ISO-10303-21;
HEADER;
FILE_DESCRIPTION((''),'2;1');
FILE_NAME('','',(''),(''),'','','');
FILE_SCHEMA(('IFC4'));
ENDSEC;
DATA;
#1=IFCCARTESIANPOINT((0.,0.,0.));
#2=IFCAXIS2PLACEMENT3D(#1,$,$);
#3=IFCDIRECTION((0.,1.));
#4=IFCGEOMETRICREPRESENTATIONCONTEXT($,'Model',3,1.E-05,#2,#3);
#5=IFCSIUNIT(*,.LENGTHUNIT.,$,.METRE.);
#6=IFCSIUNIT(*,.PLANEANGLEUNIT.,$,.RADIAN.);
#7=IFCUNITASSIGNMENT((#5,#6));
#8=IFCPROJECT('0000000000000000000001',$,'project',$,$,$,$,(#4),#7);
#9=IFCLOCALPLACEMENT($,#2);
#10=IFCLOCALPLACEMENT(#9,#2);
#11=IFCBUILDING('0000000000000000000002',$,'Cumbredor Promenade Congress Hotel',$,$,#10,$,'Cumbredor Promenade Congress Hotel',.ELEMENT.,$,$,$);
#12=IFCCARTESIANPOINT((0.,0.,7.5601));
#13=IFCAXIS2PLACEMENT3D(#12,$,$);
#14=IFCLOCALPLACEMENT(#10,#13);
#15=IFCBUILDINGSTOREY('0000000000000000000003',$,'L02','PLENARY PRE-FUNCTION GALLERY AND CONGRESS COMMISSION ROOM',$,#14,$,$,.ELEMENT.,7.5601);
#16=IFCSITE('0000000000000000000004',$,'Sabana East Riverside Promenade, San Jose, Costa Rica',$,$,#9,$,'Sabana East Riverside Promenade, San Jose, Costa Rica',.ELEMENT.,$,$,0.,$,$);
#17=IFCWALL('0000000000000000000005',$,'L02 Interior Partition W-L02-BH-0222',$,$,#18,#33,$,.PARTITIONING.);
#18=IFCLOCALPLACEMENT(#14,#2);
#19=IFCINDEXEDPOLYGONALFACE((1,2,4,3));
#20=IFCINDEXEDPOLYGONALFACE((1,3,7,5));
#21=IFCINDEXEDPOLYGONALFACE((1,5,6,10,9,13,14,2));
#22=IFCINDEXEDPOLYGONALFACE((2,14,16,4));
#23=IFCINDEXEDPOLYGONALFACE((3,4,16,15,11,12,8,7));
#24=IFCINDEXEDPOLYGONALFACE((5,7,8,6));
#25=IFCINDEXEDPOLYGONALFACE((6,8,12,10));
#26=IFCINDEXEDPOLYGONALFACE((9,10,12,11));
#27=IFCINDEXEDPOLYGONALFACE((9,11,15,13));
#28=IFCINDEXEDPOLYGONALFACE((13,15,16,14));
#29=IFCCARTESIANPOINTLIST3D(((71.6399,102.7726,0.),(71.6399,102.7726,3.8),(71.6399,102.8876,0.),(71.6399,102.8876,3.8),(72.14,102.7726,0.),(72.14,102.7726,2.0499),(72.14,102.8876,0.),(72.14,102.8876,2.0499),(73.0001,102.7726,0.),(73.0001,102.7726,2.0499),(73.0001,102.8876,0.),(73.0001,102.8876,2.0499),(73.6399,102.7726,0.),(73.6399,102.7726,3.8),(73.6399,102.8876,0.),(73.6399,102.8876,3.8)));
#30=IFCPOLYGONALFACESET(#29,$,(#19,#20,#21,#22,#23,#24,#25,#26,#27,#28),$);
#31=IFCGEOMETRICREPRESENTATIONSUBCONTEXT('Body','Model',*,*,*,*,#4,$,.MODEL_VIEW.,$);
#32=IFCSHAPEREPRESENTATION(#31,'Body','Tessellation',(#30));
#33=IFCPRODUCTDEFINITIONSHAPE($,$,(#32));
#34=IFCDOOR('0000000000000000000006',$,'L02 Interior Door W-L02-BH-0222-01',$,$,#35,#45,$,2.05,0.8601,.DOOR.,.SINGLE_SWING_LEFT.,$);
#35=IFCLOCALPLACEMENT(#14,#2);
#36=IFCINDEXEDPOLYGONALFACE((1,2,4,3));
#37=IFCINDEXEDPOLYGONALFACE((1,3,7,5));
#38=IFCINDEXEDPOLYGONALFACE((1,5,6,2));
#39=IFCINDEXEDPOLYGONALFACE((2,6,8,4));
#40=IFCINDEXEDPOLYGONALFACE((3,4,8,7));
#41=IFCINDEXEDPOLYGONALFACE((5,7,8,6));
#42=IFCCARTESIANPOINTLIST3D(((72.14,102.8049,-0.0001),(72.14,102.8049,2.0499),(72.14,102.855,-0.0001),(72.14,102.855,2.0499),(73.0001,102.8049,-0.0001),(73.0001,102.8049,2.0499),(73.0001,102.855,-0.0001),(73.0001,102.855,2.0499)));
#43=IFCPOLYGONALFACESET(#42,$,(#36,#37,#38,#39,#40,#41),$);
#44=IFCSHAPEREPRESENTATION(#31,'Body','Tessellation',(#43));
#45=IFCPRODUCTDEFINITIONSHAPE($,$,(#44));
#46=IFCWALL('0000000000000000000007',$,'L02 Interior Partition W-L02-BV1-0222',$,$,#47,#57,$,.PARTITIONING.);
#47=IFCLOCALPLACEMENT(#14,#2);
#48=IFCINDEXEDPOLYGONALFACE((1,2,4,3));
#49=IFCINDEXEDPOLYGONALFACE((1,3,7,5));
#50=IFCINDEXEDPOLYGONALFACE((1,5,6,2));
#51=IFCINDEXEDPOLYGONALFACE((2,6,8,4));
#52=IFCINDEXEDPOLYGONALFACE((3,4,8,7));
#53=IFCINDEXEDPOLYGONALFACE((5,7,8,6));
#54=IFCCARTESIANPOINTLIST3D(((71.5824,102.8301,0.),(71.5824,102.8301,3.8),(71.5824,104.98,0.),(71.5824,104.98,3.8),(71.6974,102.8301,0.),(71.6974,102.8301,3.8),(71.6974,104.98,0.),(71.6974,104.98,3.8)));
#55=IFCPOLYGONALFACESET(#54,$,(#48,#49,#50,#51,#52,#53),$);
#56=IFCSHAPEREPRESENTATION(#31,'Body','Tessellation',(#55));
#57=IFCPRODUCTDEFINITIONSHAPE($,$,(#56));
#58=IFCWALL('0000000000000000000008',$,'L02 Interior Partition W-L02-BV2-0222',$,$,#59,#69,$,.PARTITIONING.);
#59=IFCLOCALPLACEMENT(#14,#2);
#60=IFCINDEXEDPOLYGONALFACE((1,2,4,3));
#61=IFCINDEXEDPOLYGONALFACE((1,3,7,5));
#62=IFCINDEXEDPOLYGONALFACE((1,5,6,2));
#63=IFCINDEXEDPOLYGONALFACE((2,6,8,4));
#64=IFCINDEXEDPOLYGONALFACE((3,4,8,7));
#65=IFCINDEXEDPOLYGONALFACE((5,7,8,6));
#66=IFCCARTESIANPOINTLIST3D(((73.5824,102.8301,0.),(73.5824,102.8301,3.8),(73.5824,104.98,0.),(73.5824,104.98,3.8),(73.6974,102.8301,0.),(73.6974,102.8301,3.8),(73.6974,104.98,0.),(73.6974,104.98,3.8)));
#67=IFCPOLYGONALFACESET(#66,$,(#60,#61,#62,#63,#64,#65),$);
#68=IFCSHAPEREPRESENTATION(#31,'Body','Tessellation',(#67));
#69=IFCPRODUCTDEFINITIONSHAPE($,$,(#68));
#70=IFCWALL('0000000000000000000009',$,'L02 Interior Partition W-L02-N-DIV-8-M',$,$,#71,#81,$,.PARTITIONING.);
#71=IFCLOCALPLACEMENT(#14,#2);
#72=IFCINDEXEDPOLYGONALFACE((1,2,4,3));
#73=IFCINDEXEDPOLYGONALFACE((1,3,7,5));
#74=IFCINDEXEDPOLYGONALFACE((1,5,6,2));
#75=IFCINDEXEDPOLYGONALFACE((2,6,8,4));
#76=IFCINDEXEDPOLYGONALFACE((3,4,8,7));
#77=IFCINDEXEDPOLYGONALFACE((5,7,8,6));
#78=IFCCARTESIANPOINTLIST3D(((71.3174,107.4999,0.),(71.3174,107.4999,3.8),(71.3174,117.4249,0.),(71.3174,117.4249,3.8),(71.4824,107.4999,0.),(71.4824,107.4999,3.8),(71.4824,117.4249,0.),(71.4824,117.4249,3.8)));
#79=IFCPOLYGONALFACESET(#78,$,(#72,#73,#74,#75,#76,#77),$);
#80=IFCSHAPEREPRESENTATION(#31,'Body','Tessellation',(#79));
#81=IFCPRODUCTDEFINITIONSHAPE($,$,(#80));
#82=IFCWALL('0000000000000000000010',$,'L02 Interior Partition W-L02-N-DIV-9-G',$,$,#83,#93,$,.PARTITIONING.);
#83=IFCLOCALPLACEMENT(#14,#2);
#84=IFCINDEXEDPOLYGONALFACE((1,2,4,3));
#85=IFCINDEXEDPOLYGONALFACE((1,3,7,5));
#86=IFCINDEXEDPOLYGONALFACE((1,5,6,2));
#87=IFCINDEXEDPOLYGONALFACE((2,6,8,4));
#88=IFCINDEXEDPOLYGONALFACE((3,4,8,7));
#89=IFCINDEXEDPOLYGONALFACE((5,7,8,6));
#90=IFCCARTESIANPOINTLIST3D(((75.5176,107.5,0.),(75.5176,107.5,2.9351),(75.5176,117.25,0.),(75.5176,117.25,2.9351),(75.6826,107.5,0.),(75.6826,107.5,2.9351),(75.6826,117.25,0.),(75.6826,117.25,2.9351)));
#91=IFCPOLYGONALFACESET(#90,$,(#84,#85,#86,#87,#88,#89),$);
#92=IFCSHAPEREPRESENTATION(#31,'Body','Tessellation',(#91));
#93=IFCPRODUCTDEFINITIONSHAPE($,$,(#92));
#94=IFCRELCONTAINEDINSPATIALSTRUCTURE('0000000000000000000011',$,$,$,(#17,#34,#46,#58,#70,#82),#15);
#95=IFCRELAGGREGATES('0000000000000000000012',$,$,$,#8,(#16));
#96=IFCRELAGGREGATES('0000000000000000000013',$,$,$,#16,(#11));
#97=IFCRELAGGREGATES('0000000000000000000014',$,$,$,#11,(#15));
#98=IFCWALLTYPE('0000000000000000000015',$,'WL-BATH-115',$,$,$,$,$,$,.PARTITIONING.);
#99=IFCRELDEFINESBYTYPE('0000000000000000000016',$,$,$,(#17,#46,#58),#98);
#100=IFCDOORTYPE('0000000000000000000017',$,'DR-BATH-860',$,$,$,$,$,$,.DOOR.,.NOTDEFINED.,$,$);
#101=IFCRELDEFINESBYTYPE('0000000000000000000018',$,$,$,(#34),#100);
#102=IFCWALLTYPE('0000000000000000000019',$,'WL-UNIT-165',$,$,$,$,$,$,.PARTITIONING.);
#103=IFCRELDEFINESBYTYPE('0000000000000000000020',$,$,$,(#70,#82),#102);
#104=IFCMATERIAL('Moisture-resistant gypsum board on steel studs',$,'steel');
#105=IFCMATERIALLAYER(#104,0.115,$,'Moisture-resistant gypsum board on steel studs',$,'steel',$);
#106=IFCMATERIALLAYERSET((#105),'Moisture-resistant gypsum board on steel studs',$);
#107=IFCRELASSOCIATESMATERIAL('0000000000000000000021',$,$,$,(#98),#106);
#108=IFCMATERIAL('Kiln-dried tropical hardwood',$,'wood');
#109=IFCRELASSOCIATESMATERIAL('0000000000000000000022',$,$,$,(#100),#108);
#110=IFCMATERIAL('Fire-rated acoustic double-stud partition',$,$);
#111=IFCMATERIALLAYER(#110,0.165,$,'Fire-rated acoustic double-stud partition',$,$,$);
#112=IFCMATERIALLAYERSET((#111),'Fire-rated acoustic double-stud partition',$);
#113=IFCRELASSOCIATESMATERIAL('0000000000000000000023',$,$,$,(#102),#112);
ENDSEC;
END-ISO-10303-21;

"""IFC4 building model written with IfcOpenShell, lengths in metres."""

from ifc_helpers import new_model, si_unit, direction, frame, frame_2d, origin, place, context, subcontext, project, spatial, rectangle, extrude, material, layer, layer_set, type_object, element, fill, save


model = new_model("IFC4")

# Units and contexts
model_context = context("Model", 3, precision=1e-05, world=origin(), true_north=direction((0.0, 1.0)))
body_context = subcontext(model_context, "Body", "Model", "MODEL_VIEW")
ifc_project = project(units=[si_unit("LENGTHUNIT", "METRE"), si_unit("PLANEANGLEUNIT", "RADIAN")], contexts=[model_context])

# Site, building, storey
site_placement = place(None, origin())
site = spatial("IfcSite", under=ifc_project, at=site_placement, Name="Sabana East Riverside Promenade, San Jose, Costa Rica", LongName="Sabana East Riverside Promenade, San Jose, Costa Rica", CompositionType="ELEMENT", RefElevation=0.0)
building_placement = place(site_placement, origin())
building = spatial("IfcBuilding", under=site, at=building_placement, Name="Cumbredor Promenade Congress Hotel", LongName="Cumbredor Promenade Congress Hotel", CompositionType="ELEMENT")
storey_placement = place(building_placement, frame((0.0, 0.0, 7.5601)))
storey = spatial("IfcBuildingStorey", under=building, at=storey_placement, Name="L02", Description="PLENARY PRE-FUNCTION GALLERY AND CONGRESS COMMISSION ROOM", CompositionType="ELEMENT", Elevation=7.5601)

# Shared definitions
ifc_material_1 = material(Name="Moisture-resistant gypsum board on steel studs", Category="steel")
ifc_layer_1 = layer(ifc_material_1, 0.115, Name="Moisture-resistant gypsum board on steel studs", Category="steel")
ifc_layer_set_1 = layer_set([ifc_layer_1], Name="Moisture-resistant gypsum board on steel studs")
wall_type_1 = type_object("IfcWallType", Name="WL-BATH-115", PredefinedType="PARTITIONING", material=ifc_layer_set_1)

# Shared definitions
ifc_material_2 = material(Name="Kiln-dried tropical hardwood", Category="wood")
door_type = type_object("IfcDoorType", Name="DR-BATH-860", OperationType="NOTDEFINED", PredefinedType="DOOR", material=ifc_material_2)

# Wall, opening, door
wall_1_placement = place(storey_placement, frame((71.6399, 102.8301, 0.0), z_axis=(0.0, 0.0, 1.0), x_axis=(1.0, 0.0, 0.0)))
wall_1 = element("IfcWall", 1, at=wall_1_placement, inside=storey, type_object=wall_type_1, Name="L02 Interior Partition W-L02-BH-0222", PredefinedType="PARTITIONING", context=body_context, shape_type="SweptSolid", body=[
    extrude(rectangle(XDim=2.0, YDim=0.115, at=frame_2d((1.0, 0.0))), origin(), (0.0, 0.0, 1.0), 3.8),
])
opening_1_placement = place(wall_1_placement, frame((0.5, 0.0, 0.0)))
opening_1 = element("IfcOpeningElement", 2, at=opening_1_placement, cuts=wall_1, PredefinedType="OPENING", context=body_context, shape_type="SweptSolid", body=[
    extrude(rectangle(XDim=0.8601, YDim=2.05, at=frame_2d((0.4302, 1.0249))), frame((0.0, 0.0674, 0.0), z_axis=(0.0, -1.0, 0.0), x_axis=(1.0, 0.0, 0.0)), (0.0, 0.0, 1.0), 0.135),
])
door_1_placement = place(opening_1_placement, origin())
door_1 = element("IfcDoor", 3, at=door_1_placement, inside=storey, type_object=door_type, Name="L02 Interior Door W-L02-BH-0222-01", OperationType="SINGLE_SWING_LEFT", OverallHeight=2.05, OverallWidth=0.8601, PredefinedType="DOOR", context=body_context, shape_type="SweptSolid", body=[
    extrude(rectangle(XDim=0.8601, YDim=2.05, at=frame_2d((0.4302, 1.0249))), frame((0.0, 0.0249, 0.0), z_axis=(0.0, -1.0, 0.0), x_axis=(1.0, 0.0, 0.0)), (0.0, 0.0, 1.0), 0.05),
])
fill(opening_1, door_1)

# Walls
for number, where, z_axis, x_axis, name in (
    (4, (71.6399, 102.8301, 0.0), (0.0, 0.0, 1.0), (0.0, 1.0, 0.0), "L02 Interior Partition W-L02-BV1-0222"),
    (5, (73.6399, 102.8301, 0.0), (0.0, 0.0, 1.0), (0.0, 1.0, 0.0), "L02 Interior Partition W-L02-BV2-0222"),
):
    element("IfcWall", number, at=place(storey_placement, frame(where, z_axis=z_axis, x_axis=x_axis)), inside=storey, type_object=wall_type_1, Name=name, PredefinedType="PARTITIONING", context=body_context, shape_type="SweptSolid", body=[
        extrude(rectangle(XDim=2.1499, YDim=0.115, at=frame_2d((1.075, 0.0))), origin(), (0.0, 0.0, 1.0), 3.8),
    ])
ifc_material_3 = material(Name="Fire-rated acoustic double-stud partition")
ifc_layer_2 = layer(ifc_material_3, 0.165, Name="Fire-rated acoustic double-stud partition")
ifc_layer_set_2 = layer_set([ifc_layer_2], Name="Fire-rated acoustic double-stud partition")
wall_type_2 = type_object("IfcWallType", Name="WL-UNIT-165", PredefinedType="PARTITIONING", material=ifc_layer_set_2)
wall_2_placement = place(storey_placement, frame((71.3999, 107.5, 0.0), z_axis=(0.0, 0.0, 1.0), x_axis=(0.0, 1.0, 0.0)))
element("IfcWall", 6, at=wall_2_placement, inside=storey, type_object=wall_type_2, Name="L02 Interior Partition W-L02-N-DIV-8-M", PredefinedType="PARTITIONING", context=body_context, shape_type="SweptSolid", body=[
    extrude(rectangle(XDim=9.925, YDim=0.165, at=frame_2d((4.9624, 0.0))), origin(), (0.0, 0.0, 1.0), 3.8),
])
wall_3_placement = place(storey_placement, frame((75.6001, 107.5, 0.0), z_axis=(0.0, 0.0, 1.0), x_axis=(0.0, 1.0, 0.0)))
element("IfcWall", 7, at=wall_3_placement, inside=storey, type_object=wall_type_2, Name="L02 Interior Partition W-L02-N-DIV-9-G", PredefinedType="PARTITIONING", context=body_context, shape_type="SweptSolid", body=[
    extrude(rectangle(XDim=9.75, YDim=0.165, at=frame_2d((4.875, 0.0))), origin(), (0.0, 0.0, 1.0), 2.9351),
])

save(model, "model.ifc")
